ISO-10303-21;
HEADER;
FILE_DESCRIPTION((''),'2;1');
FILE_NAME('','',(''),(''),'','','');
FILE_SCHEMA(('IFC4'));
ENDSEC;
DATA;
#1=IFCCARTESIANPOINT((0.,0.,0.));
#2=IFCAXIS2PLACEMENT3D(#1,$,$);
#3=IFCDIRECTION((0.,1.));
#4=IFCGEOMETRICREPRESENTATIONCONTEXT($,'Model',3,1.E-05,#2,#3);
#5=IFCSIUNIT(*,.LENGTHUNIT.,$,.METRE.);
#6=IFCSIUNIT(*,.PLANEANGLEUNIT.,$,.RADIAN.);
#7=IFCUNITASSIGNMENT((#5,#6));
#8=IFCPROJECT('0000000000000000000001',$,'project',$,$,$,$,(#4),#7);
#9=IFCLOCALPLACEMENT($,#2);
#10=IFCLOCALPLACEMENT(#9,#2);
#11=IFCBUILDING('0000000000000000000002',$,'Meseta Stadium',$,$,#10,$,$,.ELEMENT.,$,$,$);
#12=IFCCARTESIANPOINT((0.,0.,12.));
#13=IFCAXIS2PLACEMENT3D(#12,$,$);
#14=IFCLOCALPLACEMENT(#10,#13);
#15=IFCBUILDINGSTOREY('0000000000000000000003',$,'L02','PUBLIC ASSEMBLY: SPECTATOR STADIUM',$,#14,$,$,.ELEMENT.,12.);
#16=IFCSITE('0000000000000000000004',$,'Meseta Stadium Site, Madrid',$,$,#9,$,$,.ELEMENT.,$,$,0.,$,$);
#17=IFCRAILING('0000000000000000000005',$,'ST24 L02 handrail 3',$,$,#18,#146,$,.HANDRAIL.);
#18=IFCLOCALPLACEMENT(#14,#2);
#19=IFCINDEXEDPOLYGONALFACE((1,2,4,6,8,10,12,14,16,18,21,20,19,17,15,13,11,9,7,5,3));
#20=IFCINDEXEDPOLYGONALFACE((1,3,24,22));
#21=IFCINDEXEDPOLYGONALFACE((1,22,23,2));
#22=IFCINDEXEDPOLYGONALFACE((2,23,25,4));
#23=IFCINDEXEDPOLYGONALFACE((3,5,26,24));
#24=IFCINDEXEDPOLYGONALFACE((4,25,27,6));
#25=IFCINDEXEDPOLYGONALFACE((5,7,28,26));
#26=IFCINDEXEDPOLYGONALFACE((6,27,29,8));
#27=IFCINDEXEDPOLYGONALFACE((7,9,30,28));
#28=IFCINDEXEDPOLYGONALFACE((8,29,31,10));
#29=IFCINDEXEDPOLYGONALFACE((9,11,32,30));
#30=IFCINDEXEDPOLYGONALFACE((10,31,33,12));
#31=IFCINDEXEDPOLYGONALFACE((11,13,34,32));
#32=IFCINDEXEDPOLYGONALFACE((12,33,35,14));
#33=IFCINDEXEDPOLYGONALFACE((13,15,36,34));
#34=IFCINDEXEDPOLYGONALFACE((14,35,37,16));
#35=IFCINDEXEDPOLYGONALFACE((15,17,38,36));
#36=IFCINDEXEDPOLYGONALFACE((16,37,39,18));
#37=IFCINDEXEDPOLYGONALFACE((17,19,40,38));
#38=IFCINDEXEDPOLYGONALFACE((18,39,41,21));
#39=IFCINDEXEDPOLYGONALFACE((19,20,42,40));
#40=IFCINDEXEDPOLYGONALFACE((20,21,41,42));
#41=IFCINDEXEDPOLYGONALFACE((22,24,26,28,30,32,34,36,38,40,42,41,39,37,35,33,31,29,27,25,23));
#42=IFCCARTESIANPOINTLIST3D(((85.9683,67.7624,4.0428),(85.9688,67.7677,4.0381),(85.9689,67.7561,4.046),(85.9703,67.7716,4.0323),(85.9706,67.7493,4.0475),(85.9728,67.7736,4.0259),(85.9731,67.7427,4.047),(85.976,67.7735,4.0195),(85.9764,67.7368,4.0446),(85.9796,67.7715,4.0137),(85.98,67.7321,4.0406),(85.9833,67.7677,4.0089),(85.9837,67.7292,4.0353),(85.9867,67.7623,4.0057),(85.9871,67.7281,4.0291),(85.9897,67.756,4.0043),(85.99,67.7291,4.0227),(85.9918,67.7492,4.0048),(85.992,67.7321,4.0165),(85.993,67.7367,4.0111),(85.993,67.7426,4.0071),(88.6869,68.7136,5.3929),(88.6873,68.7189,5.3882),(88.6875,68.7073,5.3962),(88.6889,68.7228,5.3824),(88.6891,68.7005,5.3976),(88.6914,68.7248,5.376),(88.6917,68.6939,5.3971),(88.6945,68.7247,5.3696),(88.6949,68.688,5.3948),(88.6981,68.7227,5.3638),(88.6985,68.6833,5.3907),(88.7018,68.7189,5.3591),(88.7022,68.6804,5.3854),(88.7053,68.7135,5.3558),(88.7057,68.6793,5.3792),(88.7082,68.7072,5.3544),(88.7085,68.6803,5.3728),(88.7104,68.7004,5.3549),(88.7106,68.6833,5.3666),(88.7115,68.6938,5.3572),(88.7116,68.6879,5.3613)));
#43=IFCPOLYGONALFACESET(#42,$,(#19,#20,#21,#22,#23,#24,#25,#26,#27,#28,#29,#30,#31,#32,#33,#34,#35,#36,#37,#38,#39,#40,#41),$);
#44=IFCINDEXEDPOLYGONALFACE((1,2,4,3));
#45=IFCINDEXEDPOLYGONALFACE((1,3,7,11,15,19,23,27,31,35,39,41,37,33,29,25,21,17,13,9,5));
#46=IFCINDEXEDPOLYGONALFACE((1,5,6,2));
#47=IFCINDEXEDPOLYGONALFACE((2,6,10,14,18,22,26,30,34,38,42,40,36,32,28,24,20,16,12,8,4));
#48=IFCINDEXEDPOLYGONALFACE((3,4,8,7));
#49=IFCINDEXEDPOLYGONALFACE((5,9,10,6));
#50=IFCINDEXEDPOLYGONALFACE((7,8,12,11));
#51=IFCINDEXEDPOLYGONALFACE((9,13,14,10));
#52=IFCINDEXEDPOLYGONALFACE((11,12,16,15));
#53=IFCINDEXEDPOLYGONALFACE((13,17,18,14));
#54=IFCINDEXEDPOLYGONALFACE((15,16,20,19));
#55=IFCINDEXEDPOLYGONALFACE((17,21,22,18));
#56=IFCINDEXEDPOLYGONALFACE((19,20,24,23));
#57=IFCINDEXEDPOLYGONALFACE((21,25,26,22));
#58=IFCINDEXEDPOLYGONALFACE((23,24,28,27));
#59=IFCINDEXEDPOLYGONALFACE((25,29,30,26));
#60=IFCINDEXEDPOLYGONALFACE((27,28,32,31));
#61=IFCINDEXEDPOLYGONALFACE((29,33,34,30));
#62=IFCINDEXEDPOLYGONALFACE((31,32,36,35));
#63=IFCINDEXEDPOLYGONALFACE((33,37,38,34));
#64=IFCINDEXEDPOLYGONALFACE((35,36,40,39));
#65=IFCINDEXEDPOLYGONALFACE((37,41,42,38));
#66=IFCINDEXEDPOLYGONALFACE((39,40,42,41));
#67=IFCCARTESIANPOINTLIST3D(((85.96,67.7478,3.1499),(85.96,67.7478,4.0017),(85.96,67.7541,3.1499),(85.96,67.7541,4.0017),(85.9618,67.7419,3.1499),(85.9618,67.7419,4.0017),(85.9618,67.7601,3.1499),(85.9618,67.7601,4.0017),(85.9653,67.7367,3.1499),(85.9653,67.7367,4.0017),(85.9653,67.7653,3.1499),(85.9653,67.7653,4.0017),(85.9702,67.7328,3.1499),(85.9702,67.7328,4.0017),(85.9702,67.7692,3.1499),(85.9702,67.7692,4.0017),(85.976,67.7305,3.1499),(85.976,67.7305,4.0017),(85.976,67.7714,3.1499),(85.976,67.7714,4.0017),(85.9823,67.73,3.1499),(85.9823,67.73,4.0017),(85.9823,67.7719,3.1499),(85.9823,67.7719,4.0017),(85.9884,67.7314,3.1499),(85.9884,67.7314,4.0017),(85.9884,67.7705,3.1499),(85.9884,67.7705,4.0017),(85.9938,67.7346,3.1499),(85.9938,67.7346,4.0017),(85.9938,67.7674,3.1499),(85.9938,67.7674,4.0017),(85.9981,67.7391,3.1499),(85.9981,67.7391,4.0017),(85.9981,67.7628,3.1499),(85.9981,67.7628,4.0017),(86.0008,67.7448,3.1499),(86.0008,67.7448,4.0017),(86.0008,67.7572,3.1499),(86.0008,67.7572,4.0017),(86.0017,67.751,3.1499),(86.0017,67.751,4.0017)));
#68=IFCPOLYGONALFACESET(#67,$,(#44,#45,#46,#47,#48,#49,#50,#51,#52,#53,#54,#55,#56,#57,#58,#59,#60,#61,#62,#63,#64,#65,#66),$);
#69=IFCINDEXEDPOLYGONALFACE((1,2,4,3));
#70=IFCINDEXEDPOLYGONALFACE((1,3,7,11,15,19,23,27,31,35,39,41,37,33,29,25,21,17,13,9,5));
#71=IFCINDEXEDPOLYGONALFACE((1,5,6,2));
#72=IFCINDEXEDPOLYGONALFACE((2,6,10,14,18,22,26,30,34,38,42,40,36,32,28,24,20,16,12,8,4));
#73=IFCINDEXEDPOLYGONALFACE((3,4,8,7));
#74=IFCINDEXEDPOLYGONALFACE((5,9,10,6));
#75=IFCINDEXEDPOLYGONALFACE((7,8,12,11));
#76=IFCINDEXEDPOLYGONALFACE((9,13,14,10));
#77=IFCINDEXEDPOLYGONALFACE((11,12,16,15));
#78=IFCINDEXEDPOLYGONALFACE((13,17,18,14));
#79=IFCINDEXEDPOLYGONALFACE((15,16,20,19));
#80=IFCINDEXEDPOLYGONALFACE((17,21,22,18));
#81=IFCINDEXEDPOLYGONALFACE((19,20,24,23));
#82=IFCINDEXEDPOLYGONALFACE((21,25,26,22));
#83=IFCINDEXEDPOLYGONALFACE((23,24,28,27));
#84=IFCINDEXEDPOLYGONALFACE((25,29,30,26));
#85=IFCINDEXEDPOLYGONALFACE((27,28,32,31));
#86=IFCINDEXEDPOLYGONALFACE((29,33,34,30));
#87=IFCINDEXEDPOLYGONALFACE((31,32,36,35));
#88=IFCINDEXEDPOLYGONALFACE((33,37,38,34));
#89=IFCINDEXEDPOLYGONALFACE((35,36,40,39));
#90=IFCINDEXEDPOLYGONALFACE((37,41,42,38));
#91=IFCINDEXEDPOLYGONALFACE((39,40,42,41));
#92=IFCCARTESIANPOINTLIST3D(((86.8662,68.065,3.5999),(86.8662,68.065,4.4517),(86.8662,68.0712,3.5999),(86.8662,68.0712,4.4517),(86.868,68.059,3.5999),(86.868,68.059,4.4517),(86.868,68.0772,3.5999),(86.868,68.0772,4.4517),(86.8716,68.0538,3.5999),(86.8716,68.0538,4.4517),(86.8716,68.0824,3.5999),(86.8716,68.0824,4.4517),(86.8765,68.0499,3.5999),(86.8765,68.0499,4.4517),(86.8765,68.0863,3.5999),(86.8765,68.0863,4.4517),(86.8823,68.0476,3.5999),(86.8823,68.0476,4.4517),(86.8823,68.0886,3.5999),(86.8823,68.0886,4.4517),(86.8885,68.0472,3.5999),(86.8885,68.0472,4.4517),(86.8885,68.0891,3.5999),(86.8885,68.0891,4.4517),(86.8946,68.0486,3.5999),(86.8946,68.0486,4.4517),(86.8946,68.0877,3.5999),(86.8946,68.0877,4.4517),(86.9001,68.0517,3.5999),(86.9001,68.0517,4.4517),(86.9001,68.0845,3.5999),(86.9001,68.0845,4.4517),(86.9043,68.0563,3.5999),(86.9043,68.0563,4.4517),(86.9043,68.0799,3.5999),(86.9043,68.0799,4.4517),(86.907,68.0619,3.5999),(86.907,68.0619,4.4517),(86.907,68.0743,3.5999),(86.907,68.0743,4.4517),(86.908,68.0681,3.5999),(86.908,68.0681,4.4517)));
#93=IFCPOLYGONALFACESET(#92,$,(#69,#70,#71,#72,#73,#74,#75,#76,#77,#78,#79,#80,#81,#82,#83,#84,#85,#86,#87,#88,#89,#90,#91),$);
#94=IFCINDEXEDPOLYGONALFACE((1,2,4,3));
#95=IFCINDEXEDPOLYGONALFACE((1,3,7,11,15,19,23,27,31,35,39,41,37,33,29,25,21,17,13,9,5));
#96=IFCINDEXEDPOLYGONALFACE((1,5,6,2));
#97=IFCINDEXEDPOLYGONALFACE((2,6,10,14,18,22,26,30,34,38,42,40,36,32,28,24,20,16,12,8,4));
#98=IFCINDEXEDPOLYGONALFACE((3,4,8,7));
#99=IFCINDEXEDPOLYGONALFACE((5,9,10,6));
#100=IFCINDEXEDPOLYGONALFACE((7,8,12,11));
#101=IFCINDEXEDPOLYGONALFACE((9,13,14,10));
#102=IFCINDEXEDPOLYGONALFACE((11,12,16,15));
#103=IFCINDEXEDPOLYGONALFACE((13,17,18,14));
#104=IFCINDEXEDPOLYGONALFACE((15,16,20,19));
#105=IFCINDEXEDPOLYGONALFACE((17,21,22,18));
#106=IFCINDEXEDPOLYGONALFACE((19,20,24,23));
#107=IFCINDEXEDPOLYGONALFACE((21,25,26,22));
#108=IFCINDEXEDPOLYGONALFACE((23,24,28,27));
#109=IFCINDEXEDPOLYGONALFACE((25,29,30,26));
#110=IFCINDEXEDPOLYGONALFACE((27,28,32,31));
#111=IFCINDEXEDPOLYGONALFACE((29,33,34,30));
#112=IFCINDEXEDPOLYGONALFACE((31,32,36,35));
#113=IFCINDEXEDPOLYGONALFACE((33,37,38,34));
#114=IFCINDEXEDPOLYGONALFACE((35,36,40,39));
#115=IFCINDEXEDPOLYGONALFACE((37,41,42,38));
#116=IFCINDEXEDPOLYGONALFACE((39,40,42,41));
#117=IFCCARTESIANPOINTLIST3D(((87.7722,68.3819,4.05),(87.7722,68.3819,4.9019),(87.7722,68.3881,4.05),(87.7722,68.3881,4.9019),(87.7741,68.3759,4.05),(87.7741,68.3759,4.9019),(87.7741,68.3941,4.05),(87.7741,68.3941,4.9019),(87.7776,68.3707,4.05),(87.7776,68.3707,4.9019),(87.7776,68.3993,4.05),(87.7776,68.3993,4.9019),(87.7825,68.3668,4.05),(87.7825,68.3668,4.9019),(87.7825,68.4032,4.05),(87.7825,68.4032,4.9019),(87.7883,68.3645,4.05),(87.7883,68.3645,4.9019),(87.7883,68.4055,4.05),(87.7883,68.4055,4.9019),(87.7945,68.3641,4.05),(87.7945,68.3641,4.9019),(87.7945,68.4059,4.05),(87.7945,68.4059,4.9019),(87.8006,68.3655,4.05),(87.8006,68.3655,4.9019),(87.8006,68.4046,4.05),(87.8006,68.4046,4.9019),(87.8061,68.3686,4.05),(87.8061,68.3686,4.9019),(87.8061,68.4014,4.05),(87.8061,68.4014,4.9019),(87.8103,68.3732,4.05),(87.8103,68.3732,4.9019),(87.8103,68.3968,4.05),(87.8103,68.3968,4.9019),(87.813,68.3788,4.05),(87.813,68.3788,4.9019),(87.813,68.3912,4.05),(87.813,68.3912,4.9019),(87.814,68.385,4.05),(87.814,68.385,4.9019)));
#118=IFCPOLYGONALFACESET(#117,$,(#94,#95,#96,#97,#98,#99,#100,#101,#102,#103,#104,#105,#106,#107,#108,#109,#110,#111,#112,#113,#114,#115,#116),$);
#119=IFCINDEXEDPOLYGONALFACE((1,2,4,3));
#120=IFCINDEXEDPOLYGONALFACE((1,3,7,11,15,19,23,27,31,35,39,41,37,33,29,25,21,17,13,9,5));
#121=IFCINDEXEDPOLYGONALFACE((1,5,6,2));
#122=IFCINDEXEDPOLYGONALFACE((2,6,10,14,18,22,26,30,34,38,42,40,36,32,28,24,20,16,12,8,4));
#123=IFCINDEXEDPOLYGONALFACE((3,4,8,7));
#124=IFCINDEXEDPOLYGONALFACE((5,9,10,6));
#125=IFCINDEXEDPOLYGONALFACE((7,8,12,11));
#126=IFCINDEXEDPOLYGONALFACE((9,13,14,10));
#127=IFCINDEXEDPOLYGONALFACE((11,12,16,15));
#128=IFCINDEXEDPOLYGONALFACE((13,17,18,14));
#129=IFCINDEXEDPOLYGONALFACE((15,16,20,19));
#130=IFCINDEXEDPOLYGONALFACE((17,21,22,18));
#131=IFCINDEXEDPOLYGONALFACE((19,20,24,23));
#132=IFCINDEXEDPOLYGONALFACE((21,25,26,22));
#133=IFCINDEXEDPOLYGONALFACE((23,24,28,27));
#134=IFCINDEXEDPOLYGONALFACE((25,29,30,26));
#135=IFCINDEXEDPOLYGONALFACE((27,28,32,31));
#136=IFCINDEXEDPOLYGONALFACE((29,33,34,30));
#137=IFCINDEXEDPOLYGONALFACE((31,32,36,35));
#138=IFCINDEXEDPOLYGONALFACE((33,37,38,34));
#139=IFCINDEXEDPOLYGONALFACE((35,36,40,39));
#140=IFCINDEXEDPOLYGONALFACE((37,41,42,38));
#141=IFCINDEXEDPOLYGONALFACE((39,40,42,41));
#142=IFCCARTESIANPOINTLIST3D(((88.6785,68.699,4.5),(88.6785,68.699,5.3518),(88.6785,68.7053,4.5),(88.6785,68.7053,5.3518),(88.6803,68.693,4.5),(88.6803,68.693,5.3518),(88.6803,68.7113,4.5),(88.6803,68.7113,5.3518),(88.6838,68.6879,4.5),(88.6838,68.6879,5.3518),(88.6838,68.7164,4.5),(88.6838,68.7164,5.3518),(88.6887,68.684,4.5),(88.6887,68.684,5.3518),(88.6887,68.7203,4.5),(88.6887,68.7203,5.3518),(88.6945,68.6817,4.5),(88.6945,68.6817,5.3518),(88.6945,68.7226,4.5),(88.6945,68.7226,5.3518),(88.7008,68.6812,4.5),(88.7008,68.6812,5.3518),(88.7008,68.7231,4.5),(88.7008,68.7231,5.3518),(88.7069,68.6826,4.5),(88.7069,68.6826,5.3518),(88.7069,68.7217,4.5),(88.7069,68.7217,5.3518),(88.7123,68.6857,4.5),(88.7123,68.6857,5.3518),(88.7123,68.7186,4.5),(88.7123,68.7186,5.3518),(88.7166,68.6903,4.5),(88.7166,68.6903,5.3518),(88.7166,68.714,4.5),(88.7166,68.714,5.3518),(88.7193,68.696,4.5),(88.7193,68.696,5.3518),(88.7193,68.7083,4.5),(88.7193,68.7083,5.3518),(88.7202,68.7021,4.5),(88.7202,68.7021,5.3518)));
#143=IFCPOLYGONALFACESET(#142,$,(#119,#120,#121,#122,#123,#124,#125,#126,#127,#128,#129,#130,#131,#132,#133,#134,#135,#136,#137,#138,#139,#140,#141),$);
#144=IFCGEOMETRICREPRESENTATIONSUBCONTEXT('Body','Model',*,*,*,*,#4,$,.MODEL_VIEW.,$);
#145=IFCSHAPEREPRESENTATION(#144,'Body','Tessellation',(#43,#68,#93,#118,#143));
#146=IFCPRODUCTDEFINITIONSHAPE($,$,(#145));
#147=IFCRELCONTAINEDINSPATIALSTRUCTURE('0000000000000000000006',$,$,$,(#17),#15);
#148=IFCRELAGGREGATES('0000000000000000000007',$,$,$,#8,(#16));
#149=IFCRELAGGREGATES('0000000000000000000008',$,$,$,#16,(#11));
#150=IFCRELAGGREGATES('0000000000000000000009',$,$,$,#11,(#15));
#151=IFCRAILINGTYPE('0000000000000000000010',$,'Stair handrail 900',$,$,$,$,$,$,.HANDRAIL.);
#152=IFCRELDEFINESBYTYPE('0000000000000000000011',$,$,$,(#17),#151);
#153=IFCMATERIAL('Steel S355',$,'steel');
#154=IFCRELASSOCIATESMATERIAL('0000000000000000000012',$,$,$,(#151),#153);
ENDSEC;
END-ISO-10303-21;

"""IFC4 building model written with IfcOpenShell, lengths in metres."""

from ifc_helpers import new_model, si_unit, direction, frame, origin, origin_2d, place, context, subcontext, project, spatial, circle, extrude, material, type_object, element, save


model = new_model("IFC4")

# Units and contexts
model_context = context("Model", 3, precision=1e-05, world=origin(), true_north=direction((0.0, 1.0)))
body_context = subcontext(model_context, "Body", "Model", "MODEL_VIEW")
ifc_project = project(units=[si_unit("LENGTHUNIT", "METRE"), si_unit("PLANEANGLEUNIT", "RADIAN")], contexts=[model_context])

# Site, building, storey
site_placement = place(None, origin())
site = spatial("IfcSite", under=ifc_project, at=site_placement, Name="Meseta Stadium Site, Madrid", CompositionType="ELEMENT", RefElevation=0.0)
building_placement = place(site_placement, origin())
building = spatial("IfcBuilding", under=site, at=building_placement, Name="Meseta Stadium", CompositionType="ELEMENT")
storey_placement = place(building_placement, frame((0.0, 0.0, 12.0)))
storey = spatial("IfcBuildingStorey", under=building, at=storey_placement, Name="L02", Description="PUBLIC ASSEMBLY: SPECTATOR STADIUM", CompositionType="ELEMENT", Elevation=12.0)

# Railing
ifc_material_1 = material(Name="Steel S355", Category="steel")
railing_type_1 = type_object("IfcRailingType", Name="Stair handrail 900", PredefinedType="HANDRAIL", material=ifc_material_1)
for number, where, name in (
    (1, (85.9807, 67.751, 3.1499), "ST24 L02 handrail 3"),
):
    element("IfcRailing", number, at=place(storey_placement, frame(where)), inside=storey, type_object=railing_type_1, Name=name, PredefinedType="HANDRAIL", context=body_context, shape_type="SweptSolid", body=[
        extrude(circle(Radius=0.0239, at=origin_2d()), frame((0.0, 0.0, 0.876), z_axis=(0.854649, 0.299031, 0.424446), x_axis=(-0.330256, 0.943891, 0.0)), (0.0, 0.0, 1.0), 3.1809),
        extrude(circle(Radius=0.021, at=origin_2d()), origin(), (0.0, 0.0, 1.0), 0.8518),
        extrude(circle(Radius=0.021, at=origin_2d()), frame((0.9062, 0.3171, 0.45)), (0.0, 0.0, 1.0), 0.8518),
        extrude(circle(Radius=0.021, at=origin_2d()), frame((1.8123, 0.634, 0.9001)), (0.0, 0.0, 1.0), 0.8518),
        extrude(circle(Radius=0.021, at=origin_2d()), frame((2.7185, 0.9512, 1.3501)), (0.0, 0.0, 1.0), 0.8518),
    ])

save(model, "model.ifc")
